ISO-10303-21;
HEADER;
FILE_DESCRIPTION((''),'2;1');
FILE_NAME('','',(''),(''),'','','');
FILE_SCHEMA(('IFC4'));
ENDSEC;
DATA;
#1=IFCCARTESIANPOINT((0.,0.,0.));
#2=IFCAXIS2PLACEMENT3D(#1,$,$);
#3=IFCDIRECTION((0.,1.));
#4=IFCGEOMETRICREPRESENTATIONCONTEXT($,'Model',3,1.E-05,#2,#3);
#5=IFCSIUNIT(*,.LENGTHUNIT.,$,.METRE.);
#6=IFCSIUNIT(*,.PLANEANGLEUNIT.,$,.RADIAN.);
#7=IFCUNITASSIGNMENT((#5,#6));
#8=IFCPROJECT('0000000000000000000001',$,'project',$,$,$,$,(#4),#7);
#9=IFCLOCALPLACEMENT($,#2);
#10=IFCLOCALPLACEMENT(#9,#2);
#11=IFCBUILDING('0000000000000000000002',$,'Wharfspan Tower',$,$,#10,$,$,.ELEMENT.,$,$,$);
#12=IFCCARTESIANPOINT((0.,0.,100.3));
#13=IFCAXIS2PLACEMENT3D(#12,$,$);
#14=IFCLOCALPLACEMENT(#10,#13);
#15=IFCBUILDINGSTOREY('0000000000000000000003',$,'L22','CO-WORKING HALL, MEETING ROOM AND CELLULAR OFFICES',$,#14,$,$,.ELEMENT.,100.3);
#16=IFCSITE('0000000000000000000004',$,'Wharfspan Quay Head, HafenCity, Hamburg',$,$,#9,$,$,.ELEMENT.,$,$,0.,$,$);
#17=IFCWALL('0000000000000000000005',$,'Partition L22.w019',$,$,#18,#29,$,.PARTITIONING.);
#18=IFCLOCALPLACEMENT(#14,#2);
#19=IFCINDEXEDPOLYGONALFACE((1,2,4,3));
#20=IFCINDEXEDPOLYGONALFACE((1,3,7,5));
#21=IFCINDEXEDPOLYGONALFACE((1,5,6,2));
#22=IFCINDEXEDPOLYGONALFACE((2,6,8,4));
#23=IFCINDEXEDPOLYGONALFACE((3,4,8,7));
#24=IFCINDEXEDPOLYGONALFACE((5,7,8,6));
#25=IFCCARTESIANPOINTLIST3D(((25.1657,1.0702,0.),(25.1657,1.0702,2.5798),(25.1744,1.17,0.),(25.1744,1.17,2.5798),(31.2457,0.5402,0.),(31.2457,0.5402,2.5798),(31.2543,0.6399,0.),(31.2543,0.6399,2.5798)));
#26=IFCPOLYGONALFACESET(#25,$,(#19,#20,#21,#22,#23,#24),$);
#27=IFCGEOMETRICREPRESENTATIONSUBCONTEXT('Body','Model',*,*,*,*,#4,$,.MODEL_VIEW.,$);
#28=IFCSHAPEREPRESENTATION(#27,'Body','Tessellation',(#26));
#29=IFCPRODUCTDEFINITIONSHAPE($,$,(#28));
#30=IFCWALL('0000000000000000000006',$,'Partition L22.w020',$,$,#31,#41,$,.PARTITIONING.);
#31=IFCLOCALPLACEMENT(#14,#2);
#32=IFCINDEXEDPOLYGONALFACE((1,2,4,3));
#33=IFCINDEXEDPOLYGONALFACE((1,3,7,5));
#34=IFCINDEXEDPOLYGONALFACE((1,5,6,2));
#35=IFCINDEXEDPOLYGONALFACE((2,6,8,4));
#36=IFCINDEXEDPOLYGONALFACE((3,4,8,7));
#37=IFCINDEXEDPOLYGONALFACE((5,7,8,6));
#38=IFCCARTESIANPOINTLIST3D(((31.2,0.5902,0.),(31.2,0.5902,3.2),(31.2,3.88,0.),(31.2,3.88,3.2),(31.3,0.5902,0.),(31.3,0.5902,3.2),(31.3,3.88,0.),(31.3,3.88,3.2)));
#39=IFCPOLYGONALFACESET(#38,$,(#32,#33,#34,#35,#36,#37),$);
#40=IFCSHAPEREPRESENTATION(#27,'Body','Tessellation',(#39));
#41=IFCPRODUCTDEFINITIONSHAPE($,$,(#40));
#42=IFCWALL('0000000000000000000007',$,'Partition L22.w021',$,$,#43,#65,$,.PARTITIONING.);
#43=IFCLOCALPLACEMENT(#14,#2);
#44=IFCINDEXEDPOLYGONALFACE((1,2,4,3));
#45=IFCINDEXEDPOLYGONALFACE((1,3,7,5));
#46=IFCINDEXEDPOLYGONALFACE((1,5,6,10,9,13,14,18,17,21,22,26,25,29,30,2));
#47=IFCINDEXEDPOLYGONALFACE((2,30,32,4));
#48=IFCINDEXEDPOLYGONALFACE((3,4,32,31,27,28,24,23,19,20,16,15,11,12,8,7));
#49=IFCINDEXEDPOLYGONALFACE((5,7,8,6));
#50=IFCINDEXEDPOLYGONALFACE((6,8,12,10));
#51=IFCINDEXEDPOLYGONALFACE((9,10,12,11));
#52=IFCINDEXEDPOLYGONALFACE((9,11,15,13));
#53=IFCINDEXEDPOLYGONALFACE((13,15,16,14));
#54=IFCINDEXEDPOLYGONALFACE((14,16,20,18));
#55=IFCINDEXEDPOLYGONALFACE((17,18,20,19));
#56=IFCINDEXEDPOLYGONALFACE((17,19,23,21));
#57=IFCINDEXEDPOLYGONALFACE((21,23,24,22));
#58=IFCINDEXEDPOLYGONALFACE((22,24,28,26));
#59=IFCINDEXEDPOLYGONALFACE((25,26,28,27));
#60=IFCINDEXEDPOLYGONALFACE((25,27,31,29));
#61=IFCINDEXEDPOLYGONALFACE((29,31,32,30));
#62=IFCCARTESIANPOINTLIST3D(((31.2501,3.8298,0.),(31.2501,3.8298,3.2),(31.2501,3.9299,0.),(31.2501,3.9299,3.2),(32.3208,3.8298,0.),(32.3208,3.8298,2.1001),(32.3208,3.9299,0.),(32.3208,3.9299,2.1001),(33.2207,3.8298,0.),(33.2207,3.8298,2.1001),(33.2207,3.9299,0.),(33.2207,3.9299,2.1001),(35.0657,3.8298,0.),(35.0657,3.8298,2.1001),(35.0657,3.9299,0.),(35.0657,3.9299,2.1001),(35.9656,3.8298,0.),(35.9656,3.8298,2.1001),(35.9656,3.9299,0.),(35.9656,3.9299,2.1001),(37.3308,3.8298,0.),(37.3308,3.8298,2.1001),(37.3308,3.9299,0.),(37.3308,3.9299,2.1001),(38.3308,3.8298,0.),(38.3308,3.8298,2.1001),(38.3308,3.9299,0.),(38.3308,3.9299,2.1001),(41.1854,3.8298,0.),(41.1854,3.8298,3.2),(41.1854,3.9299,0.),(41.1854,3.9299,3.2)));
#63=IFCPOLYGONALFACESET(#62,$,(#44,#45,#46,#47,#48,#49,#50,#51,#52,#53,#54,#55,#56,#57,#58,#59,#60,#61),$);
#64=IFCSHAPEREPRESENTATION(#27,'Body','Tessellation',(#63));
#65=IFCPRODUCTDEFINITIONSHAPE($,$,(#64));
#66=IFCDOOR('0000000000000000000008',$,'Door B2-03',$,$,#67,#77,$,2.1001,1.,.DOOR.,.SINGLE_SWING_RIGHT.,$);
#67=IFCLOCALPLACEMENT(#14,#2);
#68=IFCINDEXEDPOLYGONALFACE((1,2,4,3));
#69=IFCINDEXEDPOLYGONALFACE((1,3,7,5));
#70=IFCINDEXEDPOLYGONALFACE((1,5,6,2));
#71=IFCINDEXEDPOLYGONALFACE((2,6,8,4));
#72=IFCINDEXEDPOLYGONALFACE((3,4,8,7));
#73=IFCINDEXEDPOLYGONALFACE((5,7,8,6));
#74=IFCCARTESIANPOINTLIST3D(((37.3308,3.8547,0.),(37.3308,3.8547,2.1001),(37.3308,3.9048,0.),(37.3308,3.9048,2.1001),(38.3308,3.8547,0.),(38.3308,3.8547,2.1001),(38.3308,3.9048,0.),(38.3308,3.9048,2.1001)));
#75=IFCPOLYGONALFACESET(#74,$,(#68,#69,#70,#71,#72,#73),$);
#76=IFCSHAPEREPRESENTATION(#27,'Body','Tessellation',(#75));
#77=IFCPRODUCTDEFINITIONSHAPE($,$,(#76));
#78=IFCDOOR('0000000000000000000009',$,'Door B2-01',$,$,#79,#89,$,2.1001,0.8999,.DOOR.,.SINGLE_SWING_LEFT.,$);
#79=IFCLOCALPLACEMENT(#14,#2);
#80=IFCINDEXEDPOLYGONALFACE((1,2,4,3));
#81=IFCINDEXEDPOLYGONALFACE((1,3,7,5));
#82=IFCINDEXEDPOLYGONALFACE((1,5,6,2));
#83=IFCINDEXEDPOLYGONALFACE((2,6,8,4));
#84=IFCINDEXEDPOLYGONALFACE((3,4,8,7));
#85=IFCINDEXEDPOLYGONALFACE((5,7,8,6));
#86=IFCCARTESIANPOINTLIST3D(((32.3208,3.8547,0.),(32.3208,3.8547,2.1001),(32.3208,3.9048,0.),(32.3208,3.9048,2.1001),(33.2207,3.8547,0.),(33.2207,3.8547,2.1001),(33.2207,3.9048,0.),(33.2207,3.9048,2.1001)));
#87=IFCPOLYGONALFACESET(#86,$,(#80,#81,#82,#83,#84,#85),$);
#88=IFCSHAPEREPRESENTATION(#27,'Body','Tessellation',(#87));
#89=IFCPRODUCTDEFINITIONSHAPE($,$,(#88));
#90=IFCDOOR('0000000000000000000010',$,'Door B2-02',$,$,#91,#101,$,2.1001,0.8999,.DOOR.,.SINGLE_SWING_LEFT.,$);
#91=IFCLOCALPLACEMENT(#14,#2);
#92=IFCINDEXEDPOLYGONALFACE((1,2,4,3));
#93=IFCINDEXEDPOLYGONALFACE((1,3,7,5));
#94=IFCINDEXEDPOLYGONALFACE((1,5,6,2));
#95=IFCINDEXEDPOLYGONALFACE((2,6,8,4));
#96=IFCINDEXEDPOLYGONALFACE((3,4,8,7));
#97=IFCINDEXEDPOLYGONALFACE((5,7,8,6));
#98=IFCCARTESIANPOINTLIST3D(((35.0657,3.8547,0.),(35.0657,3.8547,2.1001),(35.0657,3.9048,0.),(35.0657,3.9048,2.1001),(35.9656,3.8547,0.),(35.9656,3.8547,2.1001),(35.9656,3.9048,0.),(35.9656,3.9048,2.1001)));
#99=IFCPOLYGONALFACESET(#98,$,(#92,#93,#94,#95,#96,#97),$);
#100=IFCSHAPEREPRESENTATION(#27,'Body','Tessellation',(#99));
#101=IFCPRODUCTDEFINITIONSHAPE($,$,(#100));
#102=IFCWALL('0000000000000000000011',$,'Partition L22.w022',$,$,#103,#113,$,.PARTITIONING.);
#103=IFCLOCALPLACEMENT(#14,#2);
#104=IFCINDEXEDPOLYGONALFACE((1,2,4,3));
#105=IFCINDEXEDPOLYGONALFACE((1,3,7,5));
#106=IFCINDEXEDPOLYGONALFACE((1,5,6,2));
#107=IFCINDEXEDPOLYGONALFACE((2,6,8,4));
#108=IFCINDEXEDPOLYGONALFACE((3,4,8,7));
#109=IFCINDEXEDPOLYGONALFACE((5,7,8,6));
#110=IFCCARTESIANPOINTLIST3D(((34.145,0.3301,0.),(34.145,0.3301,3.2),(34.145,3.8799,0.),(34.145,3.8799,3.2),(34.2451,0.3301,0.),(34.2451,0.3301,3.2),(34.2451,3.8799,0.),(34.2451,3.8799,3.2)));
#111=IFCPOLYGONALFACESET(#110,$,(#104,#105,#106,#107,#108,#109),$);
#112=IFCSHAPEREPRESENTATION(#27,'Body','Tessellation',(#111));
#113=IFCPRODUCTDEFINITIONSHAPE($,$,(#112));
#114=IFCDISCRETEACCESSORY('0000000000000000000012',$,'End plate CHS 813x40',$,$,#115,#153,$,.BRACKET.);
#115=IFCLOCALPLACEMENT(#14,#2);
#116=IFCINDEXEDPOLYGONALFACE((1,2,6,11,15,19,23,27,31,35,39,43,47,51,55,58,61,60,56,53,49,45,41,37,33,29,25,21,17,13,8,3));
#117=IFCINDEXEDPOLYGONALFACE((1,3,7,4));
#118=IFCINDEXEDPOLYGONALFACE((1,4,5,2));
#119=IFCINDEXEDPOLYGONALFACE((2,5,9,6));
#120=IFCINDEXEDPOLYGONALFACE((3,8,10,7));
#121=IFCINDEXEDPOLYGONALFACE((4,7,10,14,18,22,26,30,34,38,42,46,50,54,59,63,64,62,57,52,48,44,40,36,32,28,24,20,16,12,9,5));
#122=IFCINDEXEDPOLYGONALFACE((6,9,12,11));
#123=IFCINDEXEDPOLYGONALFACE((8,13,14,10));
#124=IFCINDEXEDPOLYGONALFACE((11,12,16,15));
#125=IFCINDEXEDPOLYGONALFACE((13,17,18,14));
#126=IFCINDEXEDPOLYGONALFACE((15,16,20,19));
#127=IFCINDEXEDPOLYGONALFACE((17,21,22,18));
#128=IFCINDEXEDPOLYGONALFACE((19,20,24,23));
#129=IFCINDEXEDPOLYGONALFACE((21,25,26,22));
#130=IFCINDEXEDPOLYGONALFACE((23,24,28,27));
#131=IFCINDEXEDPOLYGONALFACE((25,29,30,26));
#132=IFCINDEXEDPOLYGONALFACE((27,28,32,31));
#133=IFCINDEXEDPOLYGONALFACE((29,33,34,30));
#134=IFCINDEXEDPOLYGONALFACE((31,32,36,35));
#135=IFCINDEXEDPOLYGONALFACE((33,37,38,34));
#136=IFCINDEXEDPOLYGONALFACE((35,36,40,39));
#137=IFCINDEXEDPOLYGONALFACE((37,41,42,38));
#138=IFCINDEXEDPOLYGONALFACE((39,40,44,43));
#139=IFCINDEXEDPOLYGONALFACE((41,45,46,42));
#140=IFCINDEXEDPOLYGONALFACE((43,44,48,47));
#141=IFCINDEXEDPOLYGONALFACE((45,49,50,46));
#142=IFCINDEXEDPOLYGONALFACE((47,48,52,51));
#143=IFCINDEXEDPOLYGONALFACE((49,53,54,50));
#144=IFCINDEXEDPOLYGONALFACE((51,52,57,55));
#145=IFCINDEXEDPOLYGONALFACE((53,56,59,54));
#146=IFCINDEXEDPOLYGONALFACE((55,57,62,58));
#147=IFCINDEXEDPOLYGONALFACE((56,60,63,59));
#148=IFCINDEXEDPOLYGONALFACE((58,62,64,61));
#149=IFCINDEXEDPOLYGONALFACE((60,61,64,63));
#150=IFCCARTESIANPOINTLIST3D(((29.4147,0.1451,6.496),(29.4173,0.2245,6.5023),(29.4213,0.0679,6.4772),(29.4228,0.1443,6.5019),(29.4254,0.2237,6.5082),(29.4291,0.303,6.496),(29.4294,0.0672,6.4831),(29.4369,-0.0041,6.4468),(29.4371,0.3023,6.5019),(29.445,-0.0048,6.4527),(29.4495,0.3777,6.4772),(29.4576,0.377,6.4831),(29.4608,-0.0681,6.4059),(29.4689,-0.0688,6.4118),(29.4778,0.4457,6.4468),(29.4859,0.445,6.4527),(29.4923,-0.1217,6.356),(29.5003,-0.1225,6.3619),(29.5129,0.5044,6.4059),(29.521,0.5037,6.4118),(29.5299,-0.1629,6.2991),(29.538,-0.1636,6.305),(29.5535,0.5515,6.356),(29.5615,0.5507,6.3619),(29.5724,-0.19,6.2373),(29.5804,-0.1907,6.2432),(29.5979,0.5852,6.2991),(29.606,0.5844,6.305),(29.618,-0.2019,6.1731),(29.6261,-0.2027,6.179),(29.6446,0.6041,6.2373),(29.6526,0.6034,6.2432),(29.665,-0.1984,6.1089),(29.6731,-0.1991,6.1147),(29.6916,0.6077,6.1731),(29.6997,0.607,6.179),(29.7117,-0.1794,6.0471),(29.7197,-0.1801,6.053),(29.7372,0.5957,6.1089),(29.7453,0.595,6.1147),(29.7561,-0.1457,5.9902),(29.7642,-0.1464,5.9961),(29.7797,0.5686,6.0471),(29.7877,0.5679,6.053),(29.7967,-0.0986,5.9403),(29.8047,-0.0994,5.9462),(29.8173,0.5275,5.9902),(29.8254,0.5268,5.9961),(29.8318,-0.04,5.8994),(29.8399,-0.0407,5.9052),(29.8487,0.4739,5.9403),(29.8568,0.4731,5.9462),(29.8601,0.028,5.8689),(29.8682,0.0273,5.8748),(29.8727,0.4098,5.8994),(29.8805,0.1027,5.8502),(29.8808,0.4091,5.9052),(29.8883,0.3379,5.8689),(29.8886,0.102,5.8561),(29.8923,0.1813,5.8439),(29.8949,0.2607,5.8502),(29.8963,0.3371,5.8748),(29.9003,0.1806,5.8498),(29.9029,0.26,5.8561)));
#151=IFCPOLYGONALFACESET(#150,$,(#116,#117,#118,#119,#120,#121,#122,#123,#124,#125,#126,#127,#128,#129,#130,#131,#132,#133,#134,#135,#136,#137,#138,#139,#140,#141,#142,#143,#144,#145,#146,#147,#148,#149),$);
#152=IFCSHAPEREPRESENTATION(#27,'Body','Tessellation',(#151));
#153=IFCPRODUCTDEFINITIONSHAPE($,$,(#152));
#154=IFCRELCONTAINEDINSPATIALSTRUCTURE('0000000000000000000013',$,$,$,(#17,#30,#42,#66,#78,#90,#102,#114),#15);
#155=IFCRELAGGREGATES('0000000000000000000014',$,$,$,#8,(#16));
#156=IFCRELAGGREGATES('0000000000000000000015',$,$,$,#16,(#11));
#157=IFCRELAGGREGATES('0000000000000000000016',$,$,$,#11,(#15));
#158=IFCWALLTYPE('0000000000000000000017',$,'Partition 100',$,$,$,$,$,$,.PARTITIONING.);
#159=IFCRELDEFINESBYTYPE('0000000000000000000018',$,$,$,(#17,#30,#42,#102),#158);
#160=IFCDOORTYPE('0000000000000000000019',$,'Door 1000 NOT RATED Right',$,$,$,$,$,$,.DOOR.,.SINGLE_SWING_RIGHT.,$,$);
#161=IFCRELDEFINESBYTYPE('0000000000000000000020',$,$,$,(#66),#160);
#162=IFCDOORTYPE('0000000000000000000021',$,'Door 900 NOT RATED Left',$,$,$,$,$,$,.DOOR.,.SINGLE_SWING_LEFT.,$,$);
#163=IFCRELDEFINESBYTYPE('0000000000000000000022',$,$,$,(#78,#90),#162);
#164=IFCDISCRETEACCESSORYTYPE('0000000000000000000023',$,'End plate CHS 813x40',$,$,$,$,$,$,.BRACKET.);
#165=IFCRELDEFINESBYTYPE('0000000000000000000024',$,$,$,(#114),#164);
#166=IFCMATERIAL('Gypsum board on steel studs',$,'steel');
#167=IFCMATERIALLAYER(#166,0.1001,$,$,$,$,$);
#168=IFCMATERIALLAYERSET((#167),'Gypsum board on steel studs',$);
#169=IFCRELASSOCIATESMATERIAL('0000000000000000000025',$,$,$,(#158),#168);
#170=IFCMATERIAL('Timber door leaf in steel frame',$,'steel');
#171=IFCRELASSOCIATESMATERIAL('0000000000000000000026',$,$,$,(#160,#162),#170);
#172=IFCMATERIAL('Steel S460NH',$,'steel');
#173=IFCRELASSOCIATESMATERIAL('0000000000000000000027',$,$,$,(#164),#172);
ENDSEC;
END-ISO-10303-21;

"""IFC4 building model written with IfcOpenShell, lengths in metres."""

from ifc_helpers import new_model, si_unit, direction, frame, frame_2d, origin, origin_2d, place, context, subcontext, project, spatial, rectangle, circle, extrude, material, layer, layer_set, material_profile, profile_set, type_object, element, fill, save


model = new_model("IFC4")

# Units and contexts
model_context = context("Model", 3, precision=1e-05, world=origin(), true_north=direction((0.0, 1.0)))
body_context = subcontext(model_context, "Body", "Model", "MODEL_VIEW")
ifc_project = project(units=[si_unit("LENGTHUNIT", "METRE"), si_unit("PLANEANGLEUNIT", "RADIAN")], contexts=[model_context])

# Site, building, storey
site_placement = place(None, origin())
site = spatial("IfcSite", under=ifc_project, at=site_placement, Name="Wharfspan Quay Head, HafenCity, Hamburg", CompositionType="ELEMENT", RefElevation=0.0)
building_placement = place(site_placement, origin())
building = spatial("IfcBuilding", under=site, at=building_placement, Name="Wharfspan Tower", CompositionType="ELEMENT")
storey_placement = place(building_placement, frame((0.0, 0.0, 100.3)))
storey = spatial("IfcBuildingStorey", under=building, at=storey_placement, Name="L22", Description="CO-WORKING HALL, MEETING ROOM AND CELLULAR OFFICES", CompositionType="ELEMENT", Elevation=100.3)

# Shared definitions
ifc_material_1 = material(Name="Steel S460NH", Category="steel")

# Shared definitions
ifc_material_2 = material(Name="Gypsum board on steel studs", Category="steel")

# Walls
ifc_layer_1 = layer(ifc_material_2, 0.1001)
ifc_layer_set_1 = layer_set([ifc_layer_1], Name="Gypsum board on steel studs")
wall_type_1 = type_object("IfcWallType", Name="Partition 100", PredefinedType="PARTITIONING", material=ifc_layer_set_1)
wall_1_placement = place(storey_placement, frame((31.25, 0.5901, 0.0), z_axis=(0.0, 0.0, 1.0), x_axis=(-0.996218, 0.086845, 0.0)))
element("IfcWall", 1, at=wall_1_placement, inside=storey, type_object=wall_type_1, Name="Partition L22.w019", PredefinedType="PARTITIONING", context=body_context, shape_type="SweptSolid", body=[
    extrude(rectangle(XDim=6.103, YDim=0.1001, at=frame_2d((3.0515, 0.0))), origin(), (0.0, 0.0, 1.0), 2.5798),
])
wall_2_placement = place(storey_placement, frame((31.25, 0.5901, 0.0), z_axis=(0.0, 0.0, 1.0), x_axis=(0.0, 1.0, 0.0)))
element("IfcWall", 2, at=wall_2_placement, inside=storey, type_object=wall_type_1, Name="Partition L22.w020", PredefinedType="PARTITIONING", context=body_context, shape_type="SweptSolid", body=[
    extrude(rectangle(XDim=3.2898, YDim=0.1001, at=frame_2d((1.645, 0.0))), origin(), (0.0, 0.0, 1.0), 3.2),
])

# Wall, openings, doors
wall_3_placement = place(storey_placement, frame((31.25, 3.8799, 0.0), z_axis=(0.0, 0.0, 1.0), x_axis=(1.0, 0.0, 0.0)))
wall_3 = element("IfcWall", 3, at=wall_3_placement, inside=storey, type_object=wall_type_1, Name="Partition L22.w021", PredefinedType="PARTITIONING", context=body_context, shape_type="SweptSolid", body=[
    extrude(rectangle(XDim=9.9353, YDim=0.1001, at=frame_2d((4.9678, 0.0))), origin(), (0.0, 0.0, 1.0), 3.2),
])
opening_1_placement = place(wall_3_placement, frame((1.0708, 0.0, 0.0)))
opening_1 = element("IfcOpeningElement", 4, at=opening_1_placement, cuts=wall_3, PredefinedType="OPENING", context=body_context, shape_type="SweptSolid", body=[
    extrude(rectangle(XDim=0.8999, YDim=2.1001, at=frame_2d((0.45, 1.05))), frame((0.0, 0.0601, 0.0), z_axis=(0.0, -1.0, 0.0), x_axis=(1.0, 0.0, 0.0)), (0.0, 0.0, 1.0), 0.1201),
])
opening_2_placement = place(wall_3_placement, frame((3.8157, 0.0, 0.0)))
opening_2 = element("IfcOpeningElement", 5, at=opening_2_placement, cuts=wall_3, PredefinedType="OPENING", context=body_context, shape_type="SweptSolid", body=[
    extrude(rectangle(XDim=0.8999, YDim=2.1001, at=frame_2d((0.45, 1.05))), frame((0.0, 0.0601, 0.0), z_axis=(0.0, -1.0, 0.0), x_axis=(1.0, 0.0, 0.0)), (0.0, 0.0, 1.0), 0.1201),
])
opening_3_placement = place(wall_3_placement, frame((6.0808, 0.0, 0.0)))
opening_3 = element("IfcOpeningElement", 6, at=opening_3_placement, cuts=wall_3, PredefinedType="OPENING", context=body_context, shape_type="SweptSolid", body=[
    extrude(rectangle(XDim=1.0, YDim=2.1001, at=frame_2d((0.5, 1.05))), frame((0.0, 0.0601, 0.0), z_axis=(0.0, -1.0, 0.0), x_axis=(1.0, 0.0, 0.0)), (0.0, 0.0, 1.0), 0.1201),
])
ifc_material_3 = material(Name="Timber door leaf in steel frame", Category="steel")
door_type_1 = type_object("IfcDoorType", Name="Door 1000 NOT RATED Right", OperationType="SINGLE_SWING_RIGHT", PredefinedType="DOOR", material=ifc_material_3)
door_1_placement = place(opening_3_placement, origin())
door_1 = element("IfcDoor", 7, at=door_1_placement, inside=storey, type_object=door_type_1, Name="Door B2-03", OperationType="SINGLE_SWING_RIGHT", OverallHeight=2.1001, OverallWidth=1.0, PredefinedType="DOOR", context=body_context, shape_type="SweptSolid", body=[
    extrude(rectangle(XDim=1.0, YDim=2.1001, at=frame_2d((0.5, 1.05))), frame((0.0, 0.0249, 0.0), z_axis=(0.0, -1.0, 0.0), x_axis=(1.0, 0.0, 0.0)), (0.0, 0.0, 1.0), 0.05),
])
fill(opening_3, door_1)
door_type_2 = type_object("IfcDoorType", Name="Door 900 NOT RATED Left", OperationType="SINGLE_SWING_LEFT", PredefinedType="DOOR", material=ifc_material_3)
door_2_placement = place(opening_1_placement, origin())
door_2 = element("IfcDoor", 8, at=door_2_placement, inside=storey, type_object=door_type_2, Name="Door B2-01", OperationType="SINGLE_SWING_LEFT", OverallHeight=2.1001, OverallWidth=0.8999, PredefinedType="DOOR", context=body_context, shape_type="SweptSolid", body=[
    extrude(rectangle(XDim=0.8999, YDim=2.1001, at=frame_2d((0.45, 1.05))), frame((0.0, 0.0249, 0.0), z_axis=(0.0, -1.0, 0.0), x_axis=(1.0, 0.0, 0.0)), (0.0, 0.0, 1.0), 0.05),
])
fill(opening_1, door_2)
door_3_placement = place(opening_2_placement, origin())
door_3 = element("IfcDoor", 9, at=door_3_placement, inside=storey, type_object=door_type_2, Name="Door B2-02", OperationType="SINGLE_SWING_LEFT", OverallHeight=2.1001, OverallWidth=0.8999, PredefinedType="DOOR", context=body_context, shape_type="SweptSolid", body=[
    extrude(rectangle(XDim=0.8999, YDim=2.1001, at=frame_2d((0.45, 1.05))), frame((0.0, 0.0249, 0.0), z_axis=(0.0, -1.0, 0.0), x_axis=(1.0, 0.0, 0.0)), (0.0, 0.0, 1.0), 0.05),
])
fill(opening_2, door_3)

# Wall
wall_4_placement = place(storey_placement, frame((34.1951, 0.3301, 0.0), z_axis=(0.0, 0.0, 1.0), x_axis=(0.0, 1.0, 0.0)))
element("IfcWall", 10, at=wall_4_placement, inside=storey, type_object=wall_type_1, Name="Partition L22.w022", PredefinedType="PARTITIONING", context=body_context, shape_type="SweptSolid", body=[
    extrude(rectangle(XDim=3.5498, YDim=0.1001, at=frame_2d((1.7749, 0.0))), origin(), (0.0, 0.0, 1.0), 3.2),
])

# Discrete accessory
ifc_material_profile_1 = material_profile(ifc_material_1, circle(Radius=0.4065, at=origin_2d()))
ifc_profile_set_1 = profile_set([ifc_material_profile_1], Name="Steel S460NH")
discrete_accessory_type = type_object("IfcDiscreteAccessoryType", Name="End plate CHS 813x40", PredefinedType="BRACKET", material=ifc_profile_set_1)
for number, where, z_axis, x_axis, name in (
    (11, (29.6548, 0.2029, 6.1731), (0.806559, -0.073324, 0.586588), (0.090536, 0.99589, 0.0), "End plate CHS 813x40"),
):
    element("IfcDiscreteAccessory", number, at=place(storey_placement, frame(where, z_axis=z_axis, x_axis=x_axis)), inside=storey, type_object=discrete_accessory_type, Name=name, PredefinedType="BRACKET", context=body_context, shape_type="SweptSolid", body=[
        extrude(circle(Radius=0.4065, at=origin_2d()), origin(), (0.0, 0.0, 1.0), 0.01),
    ])

save(model, "model.ifc")
